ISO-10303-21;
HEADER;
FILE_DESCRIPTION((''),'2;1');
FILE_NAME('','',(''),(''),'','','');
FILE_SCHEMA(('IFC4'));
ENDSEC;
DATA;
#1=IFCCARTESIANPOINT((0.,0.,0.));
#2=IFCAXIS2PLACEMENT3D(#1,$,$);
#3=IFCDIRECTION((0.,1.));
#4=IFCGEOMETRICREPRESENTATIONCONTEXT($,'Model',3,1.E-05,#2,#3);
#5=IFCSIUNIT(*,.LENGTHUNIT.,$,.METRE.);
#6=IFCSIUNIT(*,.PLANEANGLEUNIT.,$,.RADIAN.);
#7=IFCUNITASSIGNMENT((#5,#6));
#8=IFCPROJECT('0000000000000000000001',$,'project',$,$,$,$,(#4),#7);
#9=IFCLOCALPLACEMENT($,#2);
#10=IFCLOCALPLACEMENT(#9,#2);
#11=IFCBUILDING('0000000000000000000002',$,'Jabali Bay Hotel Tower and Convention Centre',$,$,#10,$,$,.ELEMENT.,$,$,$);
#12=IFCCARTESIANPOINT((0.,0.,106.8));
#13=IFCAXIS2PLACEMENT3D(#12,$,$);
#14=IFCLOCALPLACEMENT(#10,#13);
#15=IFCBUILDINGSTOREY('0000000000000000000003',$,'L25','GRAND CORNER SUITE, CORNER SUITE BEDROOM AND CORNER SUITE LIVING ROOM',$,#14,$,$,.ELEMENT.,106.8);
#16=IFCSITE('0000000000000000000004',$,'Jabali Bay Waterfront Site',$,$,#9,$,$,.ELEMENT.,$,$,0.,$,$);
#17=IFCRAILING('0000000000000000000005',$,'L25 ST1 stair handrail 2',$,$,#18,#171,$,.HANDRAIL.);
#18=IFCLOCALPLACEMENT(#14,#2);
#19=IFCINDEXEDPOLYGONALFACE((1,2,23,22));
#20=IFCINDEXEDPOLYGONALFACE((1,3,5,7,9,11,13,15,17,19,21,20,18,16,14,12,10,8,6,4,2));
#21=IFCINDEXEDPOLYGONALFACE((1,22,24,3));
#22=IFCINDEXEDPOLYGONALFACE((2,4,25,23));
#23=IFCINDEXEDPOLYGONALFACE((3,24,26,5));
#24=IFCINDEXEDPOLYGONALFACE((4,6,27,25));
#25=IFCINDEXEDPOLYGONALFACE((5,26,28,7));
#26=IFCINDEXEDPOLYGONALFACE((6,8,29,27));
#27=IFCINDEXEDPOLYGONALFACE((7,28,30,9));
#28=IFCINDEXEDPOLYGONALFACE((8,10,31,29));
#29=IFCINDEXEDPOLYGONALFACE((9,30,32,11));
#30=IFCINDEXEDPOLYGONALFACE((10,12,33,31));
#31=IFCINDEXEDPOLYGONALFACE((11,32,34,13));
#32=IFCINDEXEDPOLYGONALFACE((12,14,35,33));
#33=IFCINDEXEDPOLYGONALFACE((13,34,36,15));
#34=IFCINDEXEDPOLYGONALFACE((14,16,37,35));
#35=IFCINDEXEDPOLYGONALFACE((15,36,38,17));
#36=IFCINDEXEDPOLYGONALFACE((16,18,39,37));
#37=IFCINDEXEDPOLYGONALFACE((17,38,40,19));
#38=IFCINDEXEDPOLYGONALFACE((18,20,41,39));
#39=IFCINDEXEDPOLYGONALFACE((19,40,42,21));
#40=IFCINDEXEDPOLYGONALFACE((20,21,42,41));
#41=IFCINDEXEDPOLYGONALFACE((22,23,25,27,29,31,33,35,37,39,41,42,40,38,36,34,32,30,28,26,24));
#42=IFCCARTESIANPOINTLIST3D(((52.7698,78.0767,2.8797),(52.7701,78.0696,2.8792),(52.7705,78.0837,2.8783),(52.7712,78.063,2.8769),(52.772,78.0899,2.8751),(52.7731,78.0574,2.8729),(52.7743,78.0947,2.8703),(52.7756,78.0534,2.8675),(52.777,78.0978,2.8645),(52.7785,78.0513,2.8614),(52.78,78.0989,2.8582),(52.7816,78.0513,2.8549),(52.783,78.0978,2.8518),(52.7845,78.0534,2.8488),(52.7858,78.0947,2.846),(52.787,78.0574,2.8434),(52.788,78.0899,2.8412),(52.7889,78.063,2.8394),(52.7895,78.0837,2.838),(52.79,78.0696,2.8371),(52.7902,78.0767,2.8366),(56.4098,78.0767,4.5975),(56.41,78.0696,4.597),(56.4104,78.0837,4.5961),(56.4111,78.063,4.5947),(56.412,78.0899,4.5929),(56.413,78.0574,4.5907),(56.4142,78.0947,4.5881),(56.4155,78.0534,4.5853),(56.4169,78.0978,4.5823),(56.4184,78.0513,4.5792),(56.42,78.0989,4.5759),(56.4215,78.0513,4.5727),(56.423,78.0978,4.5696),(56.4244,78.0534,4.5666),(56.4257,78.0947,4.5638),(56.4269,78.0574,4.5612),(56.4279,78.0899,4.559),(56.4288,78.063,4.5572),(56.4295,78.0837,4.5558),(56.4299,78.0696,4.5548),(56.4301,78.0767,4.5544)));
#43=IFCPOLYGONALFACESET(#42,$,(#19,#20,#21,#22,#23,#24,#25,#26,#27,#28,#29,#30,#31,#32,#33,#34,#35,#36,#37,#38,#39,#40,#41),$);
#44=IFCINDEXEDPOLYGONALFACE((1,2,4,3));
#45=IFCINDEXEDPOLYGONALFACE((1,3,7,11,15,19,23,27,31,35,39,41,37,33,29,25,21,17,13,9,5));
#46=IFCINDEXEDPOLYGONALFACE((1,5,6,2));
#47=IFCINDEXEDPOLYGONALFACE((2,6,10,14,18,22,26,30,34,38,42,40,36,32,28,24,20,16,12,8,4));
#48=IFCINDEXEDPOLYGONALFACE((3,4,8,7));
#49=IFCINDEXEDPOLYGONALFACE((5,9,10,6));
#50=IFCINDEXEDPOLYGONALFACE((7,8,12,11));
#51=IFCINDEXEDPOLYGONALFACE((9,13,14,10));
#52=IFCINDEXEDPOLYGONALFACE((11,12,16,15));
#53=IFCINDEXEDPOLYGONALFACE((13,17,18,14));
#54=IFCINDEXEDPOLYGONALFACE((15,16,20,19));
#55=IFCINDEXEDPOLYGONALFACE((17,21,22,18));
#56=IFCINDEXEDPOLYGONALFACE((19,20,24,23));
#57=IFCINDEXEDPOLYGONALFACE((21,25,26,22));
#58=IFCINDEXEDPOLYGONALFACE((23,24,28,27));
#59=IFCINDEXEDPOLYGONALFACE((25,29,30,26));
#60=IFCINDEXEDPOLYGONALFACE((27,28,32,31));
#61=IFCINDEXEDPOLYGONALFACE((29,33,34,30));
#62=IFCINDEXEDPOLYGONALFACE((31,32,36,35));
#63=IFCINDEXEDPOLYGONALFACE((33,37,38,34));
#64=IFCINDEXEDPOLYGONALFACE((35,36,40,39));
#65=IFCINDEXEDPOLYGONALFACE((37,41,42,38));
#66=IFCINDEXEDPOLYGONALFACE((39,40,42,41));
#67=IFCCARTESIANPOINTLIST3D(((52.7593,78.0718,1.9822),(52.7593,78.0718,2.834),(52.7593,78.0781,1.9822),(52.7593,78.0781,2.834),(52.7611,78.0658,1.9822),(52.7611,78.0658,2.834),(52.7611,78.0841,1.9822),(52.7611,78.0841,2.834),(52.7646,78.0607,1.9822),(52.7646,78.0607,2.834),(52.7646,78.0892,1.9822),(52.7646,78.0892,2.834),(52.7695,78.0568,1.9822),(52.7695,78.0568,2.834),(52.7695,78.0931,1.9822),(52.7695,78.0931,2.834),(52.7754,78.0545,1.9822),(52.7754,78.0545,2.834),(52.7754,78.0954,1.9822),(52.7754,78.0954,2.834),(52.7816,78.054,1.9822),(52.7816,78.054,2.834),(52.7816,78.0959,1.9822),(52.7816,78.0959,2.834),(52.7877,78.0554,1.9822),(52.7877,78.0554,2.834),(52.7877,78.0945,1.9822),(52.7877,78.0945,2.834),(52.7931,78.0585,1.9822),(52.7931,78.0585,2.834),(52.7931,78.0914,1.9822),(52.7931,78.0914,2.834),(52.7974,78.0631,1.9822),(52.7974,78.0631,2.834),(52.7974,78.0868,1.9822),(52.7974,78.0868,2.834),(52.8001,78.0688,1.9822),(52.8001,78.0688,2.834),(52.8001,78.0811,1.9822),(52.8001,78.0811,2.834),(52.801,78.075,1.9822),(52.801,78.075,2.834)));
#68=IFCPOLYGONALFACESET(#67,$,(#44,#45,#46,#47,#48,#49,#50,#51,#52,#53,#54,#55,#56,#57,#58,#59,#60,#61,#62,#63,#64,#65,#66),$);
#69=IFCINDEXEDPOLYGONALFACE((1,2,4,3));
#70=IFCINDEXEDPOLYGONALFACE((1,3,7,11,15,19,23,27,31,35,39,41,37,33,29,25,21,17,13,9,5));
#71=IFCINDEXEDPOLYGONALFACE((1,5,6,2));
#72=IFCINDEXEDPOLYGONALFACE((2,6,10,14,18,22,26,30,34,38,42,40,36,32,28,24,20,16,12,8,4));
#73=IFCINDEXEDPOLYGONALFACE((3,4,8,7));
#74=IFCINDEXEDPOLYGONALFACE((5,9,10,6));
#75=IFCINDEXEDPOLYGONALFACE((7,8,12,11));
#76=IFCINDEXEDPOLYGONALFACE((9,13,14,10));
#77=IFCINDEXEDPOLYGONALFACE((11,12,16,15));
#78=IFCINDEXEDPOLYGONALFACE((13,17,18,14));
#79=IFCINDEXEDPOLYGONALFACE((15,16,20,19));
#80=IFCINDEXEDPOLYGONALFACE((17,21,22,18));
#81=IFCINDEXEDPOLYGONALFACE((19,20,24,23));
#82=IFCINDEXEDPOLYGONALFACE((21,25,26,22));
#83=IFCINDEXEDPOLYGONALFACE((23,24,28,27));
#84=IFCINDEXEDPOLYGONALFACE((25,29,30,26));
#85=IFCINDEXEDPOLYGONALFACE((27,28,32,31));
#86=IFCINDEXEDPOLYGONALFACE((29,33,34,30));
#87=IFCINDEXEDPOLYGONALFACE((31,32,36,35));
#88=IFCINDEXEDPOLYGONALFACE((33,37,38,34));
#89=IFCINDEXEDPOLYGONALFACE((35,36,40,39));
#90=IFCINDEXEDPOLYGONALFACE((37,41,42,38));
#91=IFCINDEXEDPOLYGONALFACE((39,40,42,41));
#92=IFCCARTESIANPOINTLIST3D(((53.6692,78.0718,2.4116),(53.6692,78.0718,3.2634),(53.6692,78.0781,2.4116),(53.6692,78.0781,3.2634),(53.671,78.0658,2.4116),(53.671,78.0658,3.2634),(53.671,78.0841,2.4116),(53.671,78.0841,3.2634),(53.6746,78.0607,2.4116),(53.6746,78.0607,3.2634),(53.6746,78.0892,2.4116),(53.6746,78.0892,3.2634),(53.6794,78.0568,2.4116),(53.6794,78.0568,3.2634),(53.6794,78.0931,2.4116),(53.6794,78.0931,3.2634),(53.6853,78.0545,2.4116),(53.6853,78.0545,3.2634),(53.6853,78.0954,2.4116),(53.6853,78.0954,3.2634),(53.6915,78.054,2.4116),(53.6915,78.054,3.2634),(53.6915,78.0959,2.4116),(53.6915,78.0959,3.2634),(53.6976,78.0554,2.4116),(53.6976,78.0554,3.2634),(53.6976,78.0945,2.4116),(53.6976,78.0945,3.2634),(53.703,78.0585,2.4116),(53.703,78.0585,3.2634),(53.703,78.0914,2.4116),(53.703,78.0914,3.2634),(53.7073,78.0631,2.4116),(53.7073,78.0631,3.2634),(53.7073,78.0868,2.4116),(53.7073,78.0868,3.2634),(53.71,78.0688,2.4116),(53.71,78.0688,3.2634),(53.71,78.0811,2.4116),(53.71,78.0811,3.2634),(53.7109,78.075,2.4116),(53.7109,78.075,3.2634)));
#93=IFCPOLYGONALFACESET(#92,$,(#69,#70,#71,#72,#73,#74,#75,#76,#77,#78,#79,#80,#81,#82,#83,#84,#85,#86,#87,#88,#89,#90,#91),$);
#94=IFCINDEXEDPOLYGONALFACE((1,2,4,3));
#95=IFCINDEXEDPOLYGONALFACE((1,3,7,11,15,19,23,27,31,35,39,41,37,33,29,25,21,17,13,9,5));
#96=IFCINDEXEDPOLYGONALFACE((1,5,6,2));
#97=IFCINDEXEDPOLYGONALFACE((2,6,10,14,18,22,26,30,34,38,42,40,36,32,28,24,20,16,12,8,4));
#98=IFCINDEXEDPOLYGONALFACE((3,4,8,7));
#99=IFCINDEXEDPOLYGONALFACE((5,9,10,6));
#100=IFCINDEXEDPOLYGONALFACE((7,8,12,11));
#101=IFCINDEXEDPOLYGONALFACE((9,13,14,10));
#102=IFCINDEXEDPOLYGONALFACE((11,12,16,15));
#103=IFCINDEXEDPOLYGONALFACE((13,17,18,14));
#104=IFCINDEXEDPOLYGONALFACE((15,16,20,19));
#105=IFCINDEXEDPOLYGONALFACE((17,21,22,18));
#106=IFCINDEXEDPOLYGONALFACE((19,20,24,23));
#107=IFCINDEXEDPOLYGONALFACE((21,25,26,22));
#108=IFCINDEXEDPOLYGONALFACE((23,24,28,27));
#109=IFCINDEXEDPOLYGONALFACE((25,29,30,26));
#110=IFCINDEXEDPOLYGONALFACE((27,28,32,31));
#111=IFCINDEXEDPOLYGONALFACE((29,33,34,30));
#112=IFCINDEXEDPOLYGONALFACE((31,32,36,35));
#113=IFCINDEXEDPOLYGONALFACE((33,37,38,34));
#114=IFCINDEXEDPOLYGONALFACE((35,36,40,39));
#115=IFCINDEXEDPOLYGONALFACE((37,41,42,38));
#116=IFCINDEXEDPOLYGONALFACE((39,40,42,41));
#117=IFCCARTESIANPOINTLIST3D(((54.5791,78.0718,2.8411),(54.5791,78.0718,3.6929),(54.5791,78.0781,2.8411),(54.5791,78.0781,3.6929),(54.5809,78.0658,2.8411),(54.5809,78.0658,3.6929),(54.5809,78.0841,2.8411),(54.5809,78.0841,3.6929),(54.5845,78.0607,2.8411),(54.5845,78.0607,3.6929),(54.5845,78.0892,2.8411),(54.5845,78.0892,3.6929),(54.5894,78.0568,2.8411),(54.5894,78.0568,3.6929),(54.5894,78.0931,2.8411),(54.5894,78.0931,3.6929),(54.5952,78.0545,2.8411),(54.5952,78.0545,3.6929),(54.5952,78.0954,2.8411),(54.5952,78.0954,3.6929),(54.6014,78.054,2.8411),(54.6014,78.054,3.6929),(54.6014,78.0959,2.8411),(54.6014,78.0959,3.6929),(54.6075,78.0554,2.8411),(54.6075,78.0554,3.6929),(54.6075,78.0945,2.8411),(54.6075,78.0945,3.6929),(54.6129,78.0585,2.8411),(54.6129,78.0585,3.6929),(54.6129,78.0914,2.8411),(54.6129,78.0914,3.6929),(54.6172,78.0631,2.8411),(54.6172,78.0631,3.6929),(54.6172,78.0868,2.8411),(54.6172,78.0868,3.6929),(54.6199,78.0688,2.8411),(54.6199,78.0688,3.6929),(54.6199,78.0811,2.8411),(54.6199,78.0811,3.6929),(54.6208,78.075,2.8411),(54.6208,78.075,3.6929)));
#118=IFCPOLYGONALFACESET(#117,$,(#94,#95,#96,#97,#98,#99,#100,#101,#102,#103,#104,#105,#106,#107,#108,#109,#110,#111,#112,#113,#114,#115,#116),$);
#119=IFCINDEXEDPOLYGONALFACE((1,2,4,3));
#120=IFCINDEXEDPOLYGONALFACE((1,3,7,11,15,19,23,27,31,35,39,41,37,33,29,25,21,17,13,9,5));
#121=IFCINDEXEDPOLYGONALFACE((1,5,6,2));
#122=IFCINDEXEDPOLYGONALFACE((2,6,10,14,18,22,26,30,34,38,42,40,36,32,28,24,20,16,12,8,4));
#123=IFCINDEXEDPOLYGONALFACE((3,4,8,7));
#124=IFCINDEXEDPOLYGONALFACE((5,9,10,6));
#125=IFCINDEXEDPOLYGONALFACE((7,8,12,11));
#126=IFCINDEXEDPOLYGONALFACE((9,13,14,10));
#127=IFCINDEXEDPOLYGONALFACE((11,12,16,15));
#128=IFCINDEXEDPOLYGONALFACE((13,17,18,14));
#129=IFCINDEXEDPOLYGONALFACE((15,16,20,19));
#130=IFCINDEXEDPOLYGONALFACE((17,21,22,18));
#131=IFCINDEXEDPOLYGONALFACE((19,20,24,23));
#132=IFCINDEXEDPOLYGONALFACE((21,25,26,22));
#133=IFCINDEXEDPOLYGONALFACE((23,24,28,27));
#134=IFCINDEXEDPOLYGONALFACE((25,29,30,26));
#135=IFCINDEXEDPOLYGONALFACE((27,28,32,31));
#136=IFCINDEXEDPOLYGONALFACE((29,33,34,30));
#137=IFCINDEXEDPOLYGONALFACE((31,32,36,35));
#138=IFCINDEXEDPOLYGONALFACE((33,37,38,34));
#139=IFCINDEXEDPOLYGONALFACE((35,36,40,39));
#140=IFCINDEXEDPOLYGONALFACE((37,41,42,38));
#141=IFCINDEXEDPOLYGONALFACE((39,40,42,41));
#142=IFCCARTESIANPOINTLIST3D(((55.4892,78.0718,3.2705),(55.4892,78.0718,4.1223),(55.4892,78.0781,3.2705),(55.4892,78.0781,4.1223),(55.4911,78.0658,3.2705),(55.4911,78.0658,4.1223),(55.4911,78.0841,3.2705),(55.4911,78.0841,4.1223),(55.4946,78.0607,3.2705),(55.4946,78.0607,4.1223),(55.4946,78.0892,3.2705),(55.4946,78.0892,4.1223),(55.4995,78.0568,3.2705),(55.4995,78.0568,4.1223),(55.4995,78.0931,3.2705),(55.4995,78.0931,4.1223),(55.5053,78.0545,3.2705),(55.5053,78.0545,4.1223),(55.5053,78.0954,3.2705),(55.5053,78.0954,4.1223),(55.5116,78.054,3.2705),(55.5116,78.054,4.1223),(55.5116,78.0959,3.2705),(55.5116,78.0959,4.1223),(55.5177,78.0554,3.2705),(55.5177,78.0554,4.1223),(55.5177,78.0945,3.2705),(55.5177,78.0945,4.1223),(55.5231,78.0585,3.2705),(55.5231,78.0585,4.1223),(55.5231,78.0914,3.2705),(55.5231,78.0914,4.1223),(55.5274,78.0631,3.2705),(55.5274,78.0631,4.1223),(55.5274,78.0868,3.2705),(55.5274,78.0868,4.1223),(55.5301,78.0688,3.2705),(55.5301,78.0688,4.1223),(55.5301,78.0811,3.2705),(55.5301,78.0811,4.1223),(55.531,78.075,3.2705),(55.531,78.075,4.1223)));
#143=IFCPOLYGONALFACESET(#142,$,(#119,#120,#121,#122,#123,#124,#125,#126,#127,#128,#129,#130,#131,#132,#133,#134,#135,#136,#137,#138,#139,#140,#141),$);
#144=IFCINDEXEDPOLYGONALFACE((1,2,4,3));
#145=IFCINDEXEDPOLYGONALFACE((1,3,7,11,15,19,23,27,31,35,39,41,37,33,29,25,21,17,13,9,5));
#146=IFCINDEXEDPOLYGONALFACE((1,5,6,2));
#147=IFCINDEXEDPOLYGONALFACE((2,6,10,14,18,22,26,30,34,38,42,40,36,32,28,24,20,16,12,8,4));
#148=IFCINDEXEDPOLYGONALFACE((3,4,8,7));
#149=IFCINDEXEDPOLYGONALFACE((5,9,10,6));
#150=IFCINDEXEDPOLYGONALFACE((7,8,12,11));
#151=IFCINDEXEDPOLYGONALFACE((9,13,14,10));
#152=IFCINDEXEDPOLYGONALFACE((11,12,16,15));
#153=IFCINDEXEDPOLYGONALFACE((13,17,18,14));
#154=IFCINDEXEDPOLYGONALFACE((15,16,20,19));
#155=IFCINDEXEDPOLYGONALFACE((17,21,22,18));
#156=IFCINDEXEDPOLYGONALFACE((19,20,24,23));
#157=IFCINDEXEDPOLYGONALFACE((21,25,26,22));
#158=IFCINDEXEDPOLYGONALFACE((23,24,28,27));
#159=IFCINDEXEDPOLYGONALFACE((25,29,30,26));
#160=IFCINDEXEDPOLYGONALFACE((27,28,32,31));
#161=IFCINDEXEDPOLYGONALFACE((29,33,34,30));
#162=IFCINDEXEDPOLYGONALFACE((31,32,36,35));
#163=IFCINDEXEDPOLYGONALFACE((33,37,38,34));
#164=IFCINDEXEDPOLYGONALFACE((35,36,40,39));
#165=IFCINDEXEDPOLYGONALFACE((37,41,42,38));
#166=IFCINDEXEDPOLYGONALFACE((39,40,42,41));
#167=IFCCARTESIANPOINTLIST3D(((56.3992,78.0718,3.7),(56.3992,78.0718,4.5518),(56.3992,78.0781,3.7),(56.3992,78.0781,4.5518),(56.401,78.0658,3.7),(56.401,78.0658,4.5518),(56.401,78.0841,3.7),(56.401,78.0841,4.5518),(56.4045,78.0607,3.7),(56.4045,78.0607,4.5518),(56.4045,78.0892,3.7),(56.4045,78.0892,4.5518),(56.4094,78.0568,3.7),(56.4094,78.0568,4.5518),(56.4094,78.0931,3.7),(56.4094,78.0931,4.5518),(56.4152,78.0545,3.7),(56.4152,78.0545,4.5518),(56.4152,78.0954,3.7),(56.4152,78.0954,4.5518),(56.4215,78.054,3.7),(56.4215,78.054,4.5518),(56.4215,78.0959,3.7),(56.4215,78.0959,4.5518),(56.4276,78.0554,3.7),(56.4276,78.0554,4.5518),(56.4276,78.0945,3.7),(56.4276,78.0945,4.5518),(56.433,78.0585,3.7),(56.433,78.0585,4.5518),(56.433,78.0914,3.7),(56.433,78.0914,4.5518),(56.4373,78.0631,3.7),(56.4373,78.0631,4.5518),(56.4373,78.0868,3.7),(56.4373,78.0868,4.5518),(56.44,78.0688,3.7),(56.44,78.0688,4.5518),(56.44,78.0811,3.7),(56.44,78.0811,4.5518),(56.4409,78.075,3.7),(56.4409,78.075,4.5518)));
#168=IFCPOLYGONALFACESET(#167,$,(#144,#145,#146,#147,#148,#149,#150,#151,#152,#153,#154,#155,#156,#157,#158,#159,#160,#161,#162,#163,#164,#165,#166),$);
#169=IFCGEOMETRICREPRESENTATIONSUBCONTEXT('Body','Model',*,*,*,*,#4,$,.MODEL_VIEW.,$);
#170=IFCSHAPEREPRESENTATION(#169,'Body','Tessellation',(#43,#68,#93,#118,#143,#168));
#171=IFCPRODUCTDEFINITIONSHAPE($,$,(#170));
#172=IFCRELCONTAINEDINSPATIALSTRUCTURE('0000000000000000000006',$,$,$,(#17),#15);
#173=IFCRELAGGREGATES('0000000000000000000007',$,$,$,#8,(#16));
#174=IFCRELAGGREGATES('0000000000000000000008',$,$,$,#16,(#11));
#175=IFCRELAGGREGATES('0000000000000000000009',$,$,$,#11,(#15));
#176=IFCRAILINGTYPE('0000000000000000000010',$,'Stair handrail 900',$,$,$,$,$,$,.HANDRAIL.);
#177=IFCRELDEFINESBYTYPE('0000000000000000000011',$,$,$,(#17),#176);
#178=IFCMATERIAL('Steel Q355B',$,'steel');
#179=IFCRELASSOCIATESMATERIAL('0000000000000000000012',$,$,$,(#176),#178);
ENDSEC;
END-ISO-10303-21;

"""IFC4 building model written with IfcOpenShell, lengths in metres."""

from ifc_helpers import new_model, si_unit, direction, frame, origin, origin_2d, place, context, subcontext, project, spatial, circle, extrude, material, type_object, element, save


model = new_model("IFC4")

# Units and contexts
model_context = context("Model", 3, precision=1e-05, world=origin(), true_north=direction((0.0, 1.0)))
body_context = subcontext(model_context, "Body", "Model", "MODEL_VIEW")
ifc_project = project(units=[si_unit("LENGTHUNIT", "METRE"), si_unit("PLANEANGLEUNIT", "RADIAN")], contexts=[model_context])

# Site, building, storey
site_placement = place(None, origin())
site = spatial("IfcSite", under=ifc_project, at=site_placement, Name="Jabali Bay Waterfront Site", CompositionType="ELEMENT", RefElevation=0.0)
building_placement = place(site_placement, origin())
building = spatial("IfcBuilding", under=site, at=building_placement, Name="Jabali Bay Hotel Tower and Convention Centre", CompositionType="ELEMENT")
storey_placement = place(building_placement, frame((0.0, 0.0, 106.8)))
storey = spatial("IfcBuildingStorey", under=building, at=storey_placement, Name="L25", Description="GRAND CORNER SUITE, CORNER SUITE BEDROOM AND CORNER SUITE LIVING ROOM", CompositionType="ELEMENT", Elevation=106.8)

# Railing
ifc_material_1 = material(Name="Steel Q355B", Category="steel")
railing_type = type_object("IfcRailingType", Name="Stair handrail 900", PredefinedType="HANDRAIL", material=ifc_material_1)
railing_placement = place(storey_placement, frame((52.78, 78.075, 1.9822)))
element("IfcRailing", 1, at=railing_placement, inside=storey, type_object=railing_type, Name="L25 ST1 stair handrail 2", PredefinedType="HANDRAIL", context=body_context, shape_type="SweptSolid", body=[
    extrude(circle(Radius=0.0239, at=origin_2d()), frame((0.0, 0.0, 0.876), z_axis=(0.904351, 0.0, 0.42679), x_axis=(0.0, 1.0, 0.0)), (0.0, 0.0, 1.0), 4.0249),
    extrude(circle(Radius=0.021, at=origin_2d()), origin(), (0.0, 0.0, 1.0), 0.8518),
    extrude(circle(Radius=0.021, at=origin_2d()), frame((0.9099, 0.0, 0.4294)), (0.0, 0.0, 1.0), 0.8518),
    extrude(circle(Radius=0.021, at=origin_2d()), frame((1.8198, 0.0, 0.8589)), (0.0, 0.0, 1.0), 0.8518),
    extrude(circle(Radius=0.021, at=origin_2d()), frame((2.73, 0.0, 1.2883)), (0.0, 0.0, 1.0), 0.8518),
    extrude(circle(Radius=0.021, at=origin_2d()), frame((3.6399, 0.0, 1.7178)), (0.0, 0.0, 1.0), 0.8518),
])

save(model, "model.ifc")
